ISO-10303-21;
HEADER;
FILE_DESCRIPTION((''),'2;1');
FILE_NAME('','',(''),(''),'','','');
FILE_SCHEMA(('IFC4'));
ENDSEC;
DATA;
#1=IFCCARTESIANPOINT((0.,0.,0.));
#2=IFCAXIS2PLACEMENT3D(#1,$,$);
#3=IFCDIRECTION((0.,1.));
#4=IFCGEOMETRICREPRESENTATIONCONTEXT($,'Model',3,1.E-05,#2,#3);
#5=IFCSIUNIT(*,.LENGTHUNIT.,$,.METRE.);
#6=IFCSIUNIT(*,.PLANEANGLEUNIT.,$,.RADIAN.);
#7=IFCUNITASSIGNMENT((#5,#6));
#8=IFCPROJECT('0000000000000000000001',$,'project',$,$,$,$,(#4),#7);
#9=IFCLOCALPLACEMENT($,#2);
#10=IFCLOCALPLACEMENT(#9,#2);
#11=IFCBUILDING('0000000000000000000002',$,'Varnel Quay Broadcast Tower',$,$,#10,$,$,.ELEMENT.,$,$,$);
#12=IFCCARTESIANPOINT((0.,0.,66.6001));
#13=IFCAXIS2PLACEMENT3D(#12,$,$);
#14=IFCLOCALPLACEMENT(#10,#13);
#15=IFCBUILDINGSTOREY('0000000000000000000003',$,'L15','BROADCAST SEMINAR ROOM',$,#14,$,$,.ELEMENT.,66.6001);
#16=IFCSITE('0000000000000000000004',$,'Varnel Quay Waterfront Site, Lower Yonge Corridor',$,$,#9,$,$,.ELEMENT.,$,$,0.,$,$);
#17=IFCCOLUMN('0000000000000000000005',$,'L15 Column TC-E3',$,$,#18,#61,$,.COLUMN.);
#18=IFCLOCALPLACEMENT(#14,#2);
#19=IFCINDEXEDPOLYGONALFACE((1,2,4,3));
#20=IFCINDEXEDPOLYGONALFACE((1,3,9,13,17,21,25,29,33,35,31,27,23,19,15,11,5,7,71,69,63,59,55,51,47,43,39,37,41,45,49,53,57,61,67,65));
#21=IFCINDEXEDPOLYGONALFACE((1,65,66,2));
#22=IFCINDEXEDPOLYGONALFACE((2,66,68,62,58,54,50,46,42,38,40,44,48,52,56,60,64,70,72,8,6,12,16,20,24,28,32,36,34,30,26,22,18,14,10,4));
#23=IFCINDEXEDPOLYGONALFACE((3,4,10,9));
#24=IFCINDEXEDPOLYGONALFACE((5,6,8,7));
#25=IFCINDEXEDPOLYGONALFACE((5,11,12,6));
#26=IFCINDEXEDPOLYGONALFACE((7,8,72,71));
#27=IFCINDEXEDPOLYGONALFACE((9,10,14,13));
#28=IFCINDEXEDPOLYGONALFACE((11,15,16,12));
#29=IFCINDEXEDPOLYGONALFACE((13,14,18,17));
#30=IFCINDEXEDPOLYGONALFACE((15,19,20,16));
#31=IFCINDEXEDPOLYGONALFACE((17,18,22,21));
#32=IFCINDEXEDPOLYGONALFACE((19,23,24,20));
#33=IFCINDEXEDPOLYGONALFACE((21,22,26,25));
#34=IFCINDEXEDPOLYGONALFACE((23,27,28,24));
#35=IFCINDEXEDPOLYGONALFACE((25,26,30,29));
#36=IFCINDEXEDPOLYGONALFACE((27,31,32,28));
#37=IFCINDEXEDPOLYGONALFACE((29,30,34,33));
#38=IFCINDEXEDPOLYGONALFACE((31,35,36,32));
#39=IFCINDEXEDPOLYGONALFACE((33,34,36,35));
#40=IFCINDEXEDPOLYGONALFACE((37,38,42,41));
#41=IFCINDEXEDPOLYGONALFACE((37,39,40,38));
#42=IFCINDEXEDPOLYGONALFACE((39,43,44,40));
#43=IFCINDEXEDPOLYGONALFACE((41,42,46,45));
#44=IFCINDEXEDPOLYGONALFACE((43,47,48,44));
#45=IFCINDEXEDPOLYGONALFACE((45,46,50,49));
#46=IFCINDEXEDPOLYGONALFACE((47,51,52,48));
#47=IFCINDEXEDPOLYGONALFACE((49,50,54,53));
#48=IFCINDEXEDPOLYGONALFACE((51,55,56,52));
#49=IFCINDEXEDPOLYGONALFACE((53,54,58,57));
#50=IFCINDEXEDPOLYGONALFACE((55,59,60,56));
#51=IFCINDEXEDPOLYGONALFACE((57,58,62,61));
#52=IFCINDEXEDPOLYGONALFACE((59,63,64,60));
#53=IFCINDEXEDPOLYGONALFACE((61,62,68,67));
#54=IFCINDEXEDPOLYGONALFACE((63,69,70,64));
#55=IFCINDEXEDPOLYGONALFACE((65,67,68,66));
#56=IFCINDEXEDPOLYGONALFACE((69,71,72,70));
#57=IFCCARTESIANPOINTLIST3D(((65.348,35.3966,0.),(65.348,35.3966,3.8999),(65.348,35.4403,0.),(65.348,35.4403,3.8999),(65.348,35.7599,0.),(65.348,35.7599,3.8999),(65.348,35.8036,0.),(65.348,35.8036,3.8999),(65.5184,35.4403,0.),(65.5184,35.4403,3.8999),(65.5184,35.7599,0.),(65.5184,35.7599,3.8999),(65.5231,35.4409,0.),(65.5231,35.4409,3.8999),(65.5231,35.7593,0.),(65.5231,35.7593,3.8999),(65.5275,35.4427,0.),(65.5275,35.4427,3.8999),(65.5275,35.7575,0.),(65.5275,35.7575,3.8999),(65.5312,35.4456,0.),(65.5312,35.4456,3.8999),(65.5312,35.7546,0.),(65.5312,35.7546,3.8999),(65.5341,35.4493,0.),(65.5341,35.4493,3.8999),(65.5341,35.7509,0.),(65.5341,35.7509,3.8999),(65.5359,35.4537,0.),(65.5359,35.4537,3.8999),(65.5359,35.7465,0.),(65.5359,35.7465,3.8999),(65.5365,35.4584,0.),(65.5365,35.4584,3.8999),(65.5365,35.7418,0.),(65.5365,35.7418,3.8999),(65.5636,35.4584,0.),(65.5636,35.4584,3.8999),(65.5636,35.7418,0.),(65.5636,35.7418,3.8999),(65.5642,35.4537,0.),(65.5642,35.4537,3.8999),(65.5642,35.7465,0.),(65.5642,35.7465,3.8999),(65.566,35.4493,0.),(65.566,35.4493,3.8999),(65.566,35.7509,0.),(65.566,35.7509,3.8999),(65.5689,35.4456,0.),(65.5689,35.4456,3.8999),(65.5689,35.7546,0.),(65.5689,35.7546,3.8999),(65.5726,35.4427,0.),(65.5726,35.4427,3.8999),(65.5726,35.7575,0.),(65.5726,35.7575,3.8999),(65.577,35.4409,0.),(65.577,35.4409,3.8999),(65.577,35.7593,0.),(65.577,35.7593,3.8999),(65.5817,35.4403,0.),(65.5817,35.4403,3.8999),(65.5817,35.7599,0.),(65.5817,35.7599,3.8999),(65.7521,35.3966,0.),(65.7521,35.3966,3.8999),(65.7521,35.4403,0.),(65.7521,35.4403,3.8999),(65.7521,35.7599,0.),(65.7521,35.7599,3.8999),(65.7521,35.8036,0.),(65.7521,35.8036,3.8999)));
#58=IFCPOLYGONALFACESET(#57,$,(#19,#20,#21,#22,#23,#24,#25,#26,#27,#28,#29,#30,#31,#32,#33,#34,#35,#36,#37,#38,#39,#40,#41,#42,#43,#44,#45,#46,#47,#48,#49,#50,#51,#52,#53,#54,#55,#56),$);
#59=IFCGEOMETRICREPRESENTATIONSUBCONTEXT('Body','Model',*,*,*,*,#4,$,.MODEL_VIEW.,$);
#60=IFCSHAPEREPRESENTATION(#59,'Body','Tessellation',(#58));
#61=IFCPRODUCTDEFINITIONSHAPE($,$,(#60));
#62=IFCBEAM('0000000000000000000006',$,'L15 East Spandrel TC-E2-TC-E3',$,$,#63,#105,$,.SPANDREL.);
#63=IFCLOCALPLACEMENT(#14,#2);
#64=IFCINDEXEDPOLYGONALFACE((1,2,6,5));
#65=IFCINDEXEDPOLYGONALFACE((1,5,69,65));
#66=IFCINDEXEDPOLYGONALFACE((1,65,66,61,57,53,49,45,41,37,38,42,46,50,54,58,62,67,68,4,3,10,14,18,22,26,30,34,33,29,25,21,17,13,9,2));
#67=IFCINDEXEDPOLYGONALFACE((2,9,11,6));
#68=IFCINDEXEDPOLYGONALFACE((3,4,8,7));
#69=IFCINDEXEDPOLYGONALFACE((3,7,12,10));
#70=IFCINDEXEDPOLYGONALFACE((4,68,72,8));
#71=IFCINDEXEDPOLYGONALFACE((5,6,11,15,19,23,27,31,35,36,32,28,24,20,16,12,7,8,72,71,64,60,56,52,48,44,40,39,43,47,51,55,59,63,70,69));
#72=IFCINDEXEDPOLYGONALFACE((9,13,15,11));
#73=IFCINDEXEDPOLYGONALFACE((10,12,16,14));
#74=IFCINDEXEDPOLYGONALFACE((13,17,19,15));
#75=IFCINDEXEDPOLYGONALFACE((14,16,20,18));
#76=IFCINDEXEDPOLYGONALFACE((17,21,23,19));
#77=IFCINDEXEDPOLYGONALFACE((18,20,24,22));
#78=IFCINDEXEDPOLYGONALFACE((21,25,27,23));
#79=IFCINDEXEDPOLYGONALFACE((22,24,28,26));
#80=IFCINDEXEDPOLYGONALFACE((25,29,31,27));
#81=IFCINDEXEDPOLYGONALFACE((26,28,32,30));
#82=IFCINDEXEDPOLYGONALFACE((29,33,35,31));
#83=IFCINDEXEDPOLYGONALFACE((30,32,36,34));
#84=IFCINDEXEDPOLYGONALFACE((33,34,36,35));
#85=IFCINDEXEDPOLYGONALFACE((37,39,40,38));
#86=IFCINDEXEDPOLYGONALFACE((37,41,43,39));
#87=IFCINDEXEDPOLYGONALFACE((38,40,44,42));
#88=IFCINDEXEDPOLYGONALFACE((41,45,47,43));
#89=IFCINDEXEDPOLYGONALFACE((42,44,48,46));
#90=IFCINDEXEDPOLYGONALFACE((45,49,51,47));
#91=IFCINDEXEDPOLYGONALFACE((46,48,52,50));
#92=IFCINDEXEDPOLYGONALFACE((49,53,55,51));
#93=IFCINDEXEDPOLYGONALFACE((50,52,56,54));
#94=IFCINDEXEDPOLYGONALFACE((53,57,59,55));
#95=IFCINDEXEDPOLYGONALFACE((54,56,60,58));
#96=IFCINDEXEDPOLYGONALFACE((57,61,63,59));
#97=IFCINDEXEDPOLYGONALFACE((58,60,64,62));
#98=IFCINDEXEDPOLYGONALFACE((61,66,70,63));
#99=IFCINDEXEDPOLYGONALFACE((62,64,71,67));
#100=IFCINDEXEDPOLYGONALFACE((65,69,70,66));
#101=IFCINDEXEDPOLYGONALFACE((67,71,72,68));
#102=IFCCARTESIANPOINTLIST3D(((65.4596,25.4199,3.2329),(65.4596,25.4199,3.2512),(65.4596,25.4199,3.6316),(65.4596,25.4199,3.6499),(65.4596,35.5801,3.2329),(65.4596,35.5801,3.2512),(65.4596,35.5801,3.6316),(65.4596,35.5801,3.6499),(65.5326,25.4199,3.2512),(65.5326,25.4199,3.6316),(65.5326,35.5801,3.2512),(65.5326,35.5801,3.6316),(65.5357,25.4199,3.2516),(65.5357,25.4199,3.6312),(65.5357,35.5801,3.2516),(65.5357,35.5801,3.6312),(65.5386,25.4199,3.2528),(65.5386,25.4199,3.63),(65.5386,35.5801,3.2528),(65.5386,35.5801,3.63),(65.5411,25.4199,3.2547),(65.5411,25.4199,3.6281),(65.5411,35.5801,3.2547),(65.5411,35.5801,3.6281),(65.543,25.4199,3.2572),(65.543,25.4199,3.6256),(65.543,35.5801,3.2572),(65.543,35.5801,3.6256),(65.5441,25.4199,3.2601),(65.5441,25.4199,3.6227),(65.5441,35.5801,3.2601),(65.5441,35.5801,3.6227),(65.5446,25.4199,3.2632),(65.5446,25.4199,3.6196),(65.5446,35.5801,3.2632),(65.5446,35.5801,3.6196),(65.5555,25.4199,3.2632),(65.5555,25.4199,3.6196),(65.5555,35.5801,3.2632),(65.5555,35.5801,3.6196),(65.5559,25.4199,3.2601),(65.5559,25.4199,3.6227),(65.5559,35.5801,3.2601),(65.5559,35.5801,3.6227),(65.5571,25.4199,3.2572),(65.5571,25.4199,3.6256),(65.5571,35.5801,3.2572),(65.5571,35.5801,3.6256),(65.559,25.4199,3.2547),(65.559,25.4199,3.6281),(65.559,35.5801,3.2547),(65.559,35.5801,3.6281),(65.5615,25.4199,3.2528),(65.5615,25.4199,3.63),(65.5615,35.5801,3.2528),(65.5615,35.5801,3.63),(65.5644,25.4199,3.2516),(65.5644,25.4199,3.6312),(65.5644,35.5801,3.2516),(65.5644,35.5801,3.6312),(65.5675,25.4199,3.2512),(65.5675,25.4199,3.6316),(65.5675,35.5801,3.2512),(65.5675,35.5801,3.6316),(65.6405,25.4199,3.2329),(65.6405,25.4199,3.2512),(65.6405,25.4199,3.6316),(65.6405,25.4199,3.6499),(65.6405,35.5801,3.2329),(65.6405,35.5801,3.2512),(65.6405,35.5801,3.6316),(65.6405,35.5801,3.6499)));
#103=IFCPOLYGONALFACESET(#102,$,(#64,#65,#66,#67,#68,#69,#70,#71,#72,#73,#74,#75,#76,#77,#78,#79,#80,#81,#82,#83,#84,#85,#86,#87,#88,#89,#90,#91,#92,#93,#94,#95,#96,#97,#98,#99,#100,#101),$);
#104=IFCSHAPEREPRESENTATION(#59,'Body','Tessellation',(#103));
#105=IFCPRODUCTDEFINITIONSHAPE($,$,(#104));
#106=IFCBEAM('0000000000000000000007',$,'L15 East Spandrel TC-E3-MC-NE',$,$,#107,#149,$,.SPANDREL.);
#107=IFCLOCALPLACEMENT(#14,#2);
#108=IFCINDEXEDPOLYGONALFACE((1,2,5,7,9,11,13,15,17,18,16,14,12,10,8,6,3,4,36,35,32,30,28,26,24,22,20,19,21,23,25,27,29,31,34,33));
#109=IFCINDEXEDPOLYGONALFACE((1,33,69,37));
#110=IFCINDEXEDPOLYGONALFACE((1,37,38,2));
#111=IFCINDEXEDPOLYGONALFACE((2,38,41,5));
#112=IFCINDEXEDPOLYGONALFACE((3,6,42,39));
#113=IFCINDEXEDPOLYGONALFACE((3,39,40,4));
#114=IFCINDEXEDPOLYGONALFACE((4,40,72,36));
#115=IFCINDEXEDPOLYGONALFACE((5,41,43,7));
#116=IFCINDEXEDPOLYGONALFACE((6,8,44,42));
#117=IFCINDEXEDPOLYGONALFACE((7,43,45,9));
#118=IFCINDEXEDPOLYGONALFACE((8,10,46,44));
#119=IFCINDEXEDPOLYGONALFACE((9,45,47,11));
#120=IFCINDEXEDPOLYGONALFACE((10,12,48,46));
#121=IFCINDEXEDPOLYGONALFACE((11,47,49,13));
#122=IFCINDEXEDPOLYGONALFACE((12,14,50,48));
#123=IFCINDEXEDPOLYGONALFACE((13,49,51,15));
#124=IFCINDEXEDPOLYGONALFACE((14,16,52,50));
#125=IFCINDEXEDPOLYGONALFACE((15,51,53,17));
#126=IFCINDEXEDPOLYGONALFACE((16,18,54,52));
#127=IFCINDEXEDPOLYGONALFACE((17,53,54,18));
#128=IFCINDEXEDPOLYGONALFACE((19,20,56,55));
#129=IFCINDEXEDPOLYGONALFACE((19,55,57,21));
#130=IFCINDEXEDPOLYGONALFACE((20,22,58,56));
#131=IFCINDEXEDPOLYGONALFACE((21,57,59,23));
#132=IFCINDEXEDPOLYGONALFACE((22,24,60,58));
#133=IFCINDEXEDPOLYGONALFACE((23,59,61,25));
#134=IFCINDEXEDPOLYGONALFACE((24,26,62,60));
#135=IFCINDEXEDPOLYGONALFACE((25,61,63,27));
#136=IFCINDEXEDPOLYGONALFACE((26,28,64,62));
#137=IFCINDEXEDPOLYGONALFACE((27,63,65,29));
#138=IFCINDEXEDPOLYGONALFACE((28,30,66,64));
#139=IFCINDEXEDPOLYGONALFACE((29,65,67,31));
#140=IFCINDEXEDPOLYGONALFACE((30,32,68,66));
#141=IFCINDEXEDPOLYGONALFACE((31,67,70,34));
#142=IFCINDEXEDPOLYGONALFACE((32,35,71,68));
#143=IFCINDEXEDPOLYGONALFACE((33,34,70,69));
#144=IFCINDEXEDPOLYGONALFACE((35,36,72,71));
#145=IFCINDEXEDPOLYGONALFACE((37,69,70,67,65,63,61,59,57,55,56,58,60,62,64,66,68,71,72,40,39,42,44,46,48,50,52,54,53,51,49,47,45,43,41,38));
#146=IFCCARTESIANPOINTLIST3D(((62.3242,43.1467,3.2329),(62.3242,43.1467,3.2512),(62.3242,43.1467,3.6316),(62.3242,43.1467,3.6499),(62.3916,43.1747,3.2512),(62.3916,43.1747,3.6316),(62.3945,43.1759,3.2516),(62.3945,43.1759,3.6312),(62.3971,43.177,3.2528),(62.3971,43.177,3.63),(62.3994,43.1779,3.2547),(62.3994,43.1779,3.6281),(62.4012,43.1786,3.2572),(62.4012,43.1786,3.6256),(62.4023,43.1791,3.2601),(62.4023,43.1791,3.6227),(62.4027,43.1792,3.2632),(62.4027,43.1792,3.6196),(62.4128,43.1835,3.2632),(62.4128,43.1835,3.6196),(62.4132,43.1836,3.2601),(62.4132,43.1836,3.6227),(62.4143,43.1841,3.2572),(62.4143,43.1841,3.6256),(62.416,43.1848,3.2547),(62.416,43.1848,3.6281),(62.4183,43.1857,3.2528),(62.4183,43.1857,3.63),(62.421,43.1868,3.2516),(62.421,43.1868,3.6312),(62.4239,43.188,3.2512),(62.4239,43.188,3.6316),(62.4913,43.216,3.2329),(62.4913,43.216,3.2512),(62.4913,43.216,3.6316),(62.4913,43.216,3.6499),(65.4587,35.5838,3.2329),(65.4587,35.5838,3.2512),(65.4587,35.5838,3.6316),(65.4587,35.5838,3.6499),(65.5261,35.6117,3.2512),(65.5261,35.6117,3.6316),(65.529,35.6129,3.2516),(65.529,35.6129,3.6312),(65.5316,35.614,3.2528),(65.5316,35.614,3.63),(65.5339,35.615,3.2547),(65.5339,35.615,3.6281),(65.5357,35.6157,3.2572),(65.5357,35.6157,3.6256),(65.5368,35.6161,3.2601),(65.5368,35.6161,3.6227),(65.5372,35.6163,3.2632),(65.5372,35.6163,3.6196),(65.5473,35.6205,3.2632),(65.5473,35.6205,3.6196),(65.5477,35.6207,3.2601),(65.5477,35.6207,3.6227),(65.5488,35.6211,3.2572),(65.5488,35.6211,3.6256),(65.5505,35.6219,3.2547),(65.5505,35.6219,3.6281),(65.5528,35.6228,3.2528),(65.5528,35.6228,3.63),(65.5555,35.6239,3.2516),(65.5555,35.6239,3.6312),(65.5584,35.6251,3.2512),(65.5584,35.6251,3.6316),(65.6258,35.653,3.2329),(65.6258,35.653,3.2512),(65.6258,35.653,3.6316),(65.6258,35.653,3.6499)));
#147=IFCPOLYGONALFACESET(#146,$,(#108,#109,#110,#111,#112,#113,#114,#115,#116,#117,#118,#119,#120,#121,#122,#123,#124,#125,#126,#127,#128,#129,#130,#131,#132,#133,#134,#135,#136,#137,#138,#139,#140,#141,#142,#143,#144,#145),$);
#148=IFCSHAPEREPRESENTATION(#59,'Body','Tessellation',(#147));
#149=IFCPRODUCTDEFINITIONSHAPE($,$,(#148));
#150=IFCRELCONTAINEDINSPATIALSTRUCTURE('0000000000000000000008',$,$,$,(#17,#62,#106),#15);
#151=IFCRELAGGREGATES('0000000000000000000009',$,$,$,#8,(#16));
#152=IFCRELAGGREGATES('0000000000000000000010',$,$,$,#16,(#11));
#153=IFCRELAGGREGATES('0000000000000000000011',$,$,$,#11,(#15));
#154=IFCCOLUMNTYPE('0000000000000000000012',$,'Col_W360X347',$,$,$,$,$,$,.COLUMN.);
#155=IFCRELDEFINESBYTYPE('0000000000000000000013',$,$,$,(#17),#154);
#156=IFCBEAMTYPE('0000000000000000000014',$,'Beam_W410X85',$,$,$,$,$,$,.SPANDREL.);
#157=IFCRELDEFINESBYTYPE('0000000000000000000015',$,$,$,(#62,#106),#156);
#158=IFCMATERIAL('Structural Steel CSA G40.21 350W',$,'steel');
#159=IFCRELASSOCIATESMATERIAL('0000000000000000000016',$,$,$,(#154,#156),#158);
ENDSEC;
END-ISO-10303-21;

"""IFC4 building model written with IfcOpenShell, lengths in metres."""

from ifc_helpers import new_model, si_unit, direction, frame, origin, origin_2d, place, context, subcontext, project, spatial, i_section, extrude, source, transform, mapped, material, material_profile, profile_set, type_object, type_shapes, element, save


model = new_model("IFC4")

# Units and contexts
model_context = context("Model", 3, precision=1e-05, world=origin(), true_north=direction((0.0, 1.0)))
body_context = subcontext(model_context, "Body", "Model", "MODEL_VIEW")
ifc_project = project(units=[si_unit("LENGTHUNIT", "METRE"), si_unit("PLANEANGLEUNIT", "RADIAN")], contexts=[model_context])

# Site, building, storey
site_placement = place(None, origin())
site = spatial("IfcSite", under=ifc_project, at=site_placement, Name="Varnel Quay Waterfront Site, Lower Yonge Corridor", CompositionType="ELEMENT", RefElevation=0.0)
building_placement = place(site_placement, origin())
building = spatial("IfcBuilding", under=site, at=building_placement, Name="Varnel Quay Broadcast Tower", CompositionType="ELEMENT")
storey_placement = place(building_placement, frame((0.0, 0.0, 66.6001)))
storey = spatial("IfcBuildingStorey", under=building, at=storey_placement, Name="L15", Description="BROADCAST SEMINAR ROOM", CompositionType="ELEMENT", Elevation=66.6001)

# Column
ifc_material_1 = material(Name="Structural Steel CSA G40.21 350W", Category="steel")
ifc_material_profile_1 = material_profile(ifc_material_1, i_section(OverallWidth=0.4041, OverallDepth=0.407, WebThickness=0.0271, FlangeThickness=0.0437, FilletRadius=0.0181, at=origin_2d()), Name="W360X347")
ifc_profile_set_1 = profile_set([ifc_material_profile_1], Name="Structural Steel CSA G40.21 350W")
column_type_1 = type_object("IfcColumnType", Name="Col_W360X347", PredefinedType="COLUMN", material=ifc_profile_set_1)
shared_shape_1 = source(origin(), body_context, "Body", "SweptSolid", [
    extrude(i_section(OverallWidth=0.4041, OverallDepth=0.407, WebThickness=0.0271, FlangeThickness=0.0437, FilletRadius=0.0181, at=origin_2d()), origin(), (0.0, 0.0, 1.0), 3.8999),
])
type_shapes(column_type_1, [shared_shape_1])
for number, where, z_axis, x_axis, name in (
    (1, (65.55, 35.6001, 0.0), (0.0, 0.0, 1.0), (1.0, 0.0, 0.0), "L15 Column TC-E3"),
):
    element("IfcColumn", number, at=place(storey_placement, frame(where, z_axis=z_axis, x_axis=x_axis)), inside=storey, type_object=column_type_1, Name=name, PredefinedType="COLUMN", context=body_context, shape_type="MappedRepresentation", body=[
        mapped(shared_shape_1, transform((0.0, 0.0, 0.0), x_axis=(1.0, 0.0, 0.0), y_axis=(0.0, 1.0, 0.0), z_axis=(0.0, 0.0, 1.0), scale=1.0)),
    ])

# Beams
ifc_material_profile_2 = material_profile(ifc_material_1, i_section(OverallWidth=0.1809, OverallDepth=0.417, WebThickness=0.011, FlangeThickness=0.0183, FilletRadius=0.012, at=origin_2d()), Name="W410X85")
ifc_profile_set_2 = profile_set([ifc_material_profile_2], Name="Structural Steel CSA G40.21 350W")
beam_type_1 = type_object("IfcBeamType", Name="Beam_W410X85", PredefinedType="SPANDREL", material=ifc_profile_set_2)
shared_shape_2 = source(origin(), body_context, "Body", "SweptSolid", [
    extrude(i_section(OverallWidth=0.1809, OverallDepth=0.417, WebThickness=0.011, FlangeThickness=0.0183, FilletRadius=0.012, at=origin_2d()), origin(), (0.0, 0.0, 1.0), 10.1602),
])
beam_1_placement = place(storey_placement, frame((65.55, 25.4199, 3.4414), z_axis=(0.0, 1.0, 0.0), x_axis=(-1.0, 0.0, 0.0)))
element("IfcBeam", 2, at=beam_1_placement, inside=storey, type_object=beam_type_1, Name="L15 East Spandrel TC-E2-TC-E3", PredefinedType="SPANDREL", context=body_context, shape_type="MappedRepresentation", body=[
    mapped(shared_shape_2, transform((0.0, 0.0, 0.0), x_axis=(1.0, 0.0, 0.0), y_axis=(0.0, 1.0, 0.0), z_axis=(0.0, 0.0, 1.0), scale=1.0)),
])
shared_shape_3 = source(origin(), body_context, "Body", "SweptSolid", [
    extrude(i_section(OverallWidth=0.1809, OverallDepth=0.417, WebThickness=0.011, FlangeThickness=0.0183, FilletRadius=0.012, at=origin_2d()), origin(), (0.0, 0.0, 1.0), 8.1868),
])
beam_2_placement = place(storey_placement, frame((65.5422, 35.6184, 3.4414), z_axis=(-0.382874, 0.923801, 0.0), x_axis=(-0.923801, -0.382874, 0.0)))
element("IfcBeam", 3, at=beam_2_placement, inside=storey, type_object=beam_type_1, Name="L15 East Spandrel TC-E3-MC-NE", PredefinedType="SPANDREL", context=body_context, shape_type="MappedRepresentation", body=[
    mapped(shared_shape_3, transform((0.0, 0.0, 0.0), x_axis=(1.0, 0.0, 0.0), y_axis=(0.0, 1.0, 0.0), z_axis=(0.0, 0.0, 1.0), scale=1.0)),
])

save(model, "model.ifc")
